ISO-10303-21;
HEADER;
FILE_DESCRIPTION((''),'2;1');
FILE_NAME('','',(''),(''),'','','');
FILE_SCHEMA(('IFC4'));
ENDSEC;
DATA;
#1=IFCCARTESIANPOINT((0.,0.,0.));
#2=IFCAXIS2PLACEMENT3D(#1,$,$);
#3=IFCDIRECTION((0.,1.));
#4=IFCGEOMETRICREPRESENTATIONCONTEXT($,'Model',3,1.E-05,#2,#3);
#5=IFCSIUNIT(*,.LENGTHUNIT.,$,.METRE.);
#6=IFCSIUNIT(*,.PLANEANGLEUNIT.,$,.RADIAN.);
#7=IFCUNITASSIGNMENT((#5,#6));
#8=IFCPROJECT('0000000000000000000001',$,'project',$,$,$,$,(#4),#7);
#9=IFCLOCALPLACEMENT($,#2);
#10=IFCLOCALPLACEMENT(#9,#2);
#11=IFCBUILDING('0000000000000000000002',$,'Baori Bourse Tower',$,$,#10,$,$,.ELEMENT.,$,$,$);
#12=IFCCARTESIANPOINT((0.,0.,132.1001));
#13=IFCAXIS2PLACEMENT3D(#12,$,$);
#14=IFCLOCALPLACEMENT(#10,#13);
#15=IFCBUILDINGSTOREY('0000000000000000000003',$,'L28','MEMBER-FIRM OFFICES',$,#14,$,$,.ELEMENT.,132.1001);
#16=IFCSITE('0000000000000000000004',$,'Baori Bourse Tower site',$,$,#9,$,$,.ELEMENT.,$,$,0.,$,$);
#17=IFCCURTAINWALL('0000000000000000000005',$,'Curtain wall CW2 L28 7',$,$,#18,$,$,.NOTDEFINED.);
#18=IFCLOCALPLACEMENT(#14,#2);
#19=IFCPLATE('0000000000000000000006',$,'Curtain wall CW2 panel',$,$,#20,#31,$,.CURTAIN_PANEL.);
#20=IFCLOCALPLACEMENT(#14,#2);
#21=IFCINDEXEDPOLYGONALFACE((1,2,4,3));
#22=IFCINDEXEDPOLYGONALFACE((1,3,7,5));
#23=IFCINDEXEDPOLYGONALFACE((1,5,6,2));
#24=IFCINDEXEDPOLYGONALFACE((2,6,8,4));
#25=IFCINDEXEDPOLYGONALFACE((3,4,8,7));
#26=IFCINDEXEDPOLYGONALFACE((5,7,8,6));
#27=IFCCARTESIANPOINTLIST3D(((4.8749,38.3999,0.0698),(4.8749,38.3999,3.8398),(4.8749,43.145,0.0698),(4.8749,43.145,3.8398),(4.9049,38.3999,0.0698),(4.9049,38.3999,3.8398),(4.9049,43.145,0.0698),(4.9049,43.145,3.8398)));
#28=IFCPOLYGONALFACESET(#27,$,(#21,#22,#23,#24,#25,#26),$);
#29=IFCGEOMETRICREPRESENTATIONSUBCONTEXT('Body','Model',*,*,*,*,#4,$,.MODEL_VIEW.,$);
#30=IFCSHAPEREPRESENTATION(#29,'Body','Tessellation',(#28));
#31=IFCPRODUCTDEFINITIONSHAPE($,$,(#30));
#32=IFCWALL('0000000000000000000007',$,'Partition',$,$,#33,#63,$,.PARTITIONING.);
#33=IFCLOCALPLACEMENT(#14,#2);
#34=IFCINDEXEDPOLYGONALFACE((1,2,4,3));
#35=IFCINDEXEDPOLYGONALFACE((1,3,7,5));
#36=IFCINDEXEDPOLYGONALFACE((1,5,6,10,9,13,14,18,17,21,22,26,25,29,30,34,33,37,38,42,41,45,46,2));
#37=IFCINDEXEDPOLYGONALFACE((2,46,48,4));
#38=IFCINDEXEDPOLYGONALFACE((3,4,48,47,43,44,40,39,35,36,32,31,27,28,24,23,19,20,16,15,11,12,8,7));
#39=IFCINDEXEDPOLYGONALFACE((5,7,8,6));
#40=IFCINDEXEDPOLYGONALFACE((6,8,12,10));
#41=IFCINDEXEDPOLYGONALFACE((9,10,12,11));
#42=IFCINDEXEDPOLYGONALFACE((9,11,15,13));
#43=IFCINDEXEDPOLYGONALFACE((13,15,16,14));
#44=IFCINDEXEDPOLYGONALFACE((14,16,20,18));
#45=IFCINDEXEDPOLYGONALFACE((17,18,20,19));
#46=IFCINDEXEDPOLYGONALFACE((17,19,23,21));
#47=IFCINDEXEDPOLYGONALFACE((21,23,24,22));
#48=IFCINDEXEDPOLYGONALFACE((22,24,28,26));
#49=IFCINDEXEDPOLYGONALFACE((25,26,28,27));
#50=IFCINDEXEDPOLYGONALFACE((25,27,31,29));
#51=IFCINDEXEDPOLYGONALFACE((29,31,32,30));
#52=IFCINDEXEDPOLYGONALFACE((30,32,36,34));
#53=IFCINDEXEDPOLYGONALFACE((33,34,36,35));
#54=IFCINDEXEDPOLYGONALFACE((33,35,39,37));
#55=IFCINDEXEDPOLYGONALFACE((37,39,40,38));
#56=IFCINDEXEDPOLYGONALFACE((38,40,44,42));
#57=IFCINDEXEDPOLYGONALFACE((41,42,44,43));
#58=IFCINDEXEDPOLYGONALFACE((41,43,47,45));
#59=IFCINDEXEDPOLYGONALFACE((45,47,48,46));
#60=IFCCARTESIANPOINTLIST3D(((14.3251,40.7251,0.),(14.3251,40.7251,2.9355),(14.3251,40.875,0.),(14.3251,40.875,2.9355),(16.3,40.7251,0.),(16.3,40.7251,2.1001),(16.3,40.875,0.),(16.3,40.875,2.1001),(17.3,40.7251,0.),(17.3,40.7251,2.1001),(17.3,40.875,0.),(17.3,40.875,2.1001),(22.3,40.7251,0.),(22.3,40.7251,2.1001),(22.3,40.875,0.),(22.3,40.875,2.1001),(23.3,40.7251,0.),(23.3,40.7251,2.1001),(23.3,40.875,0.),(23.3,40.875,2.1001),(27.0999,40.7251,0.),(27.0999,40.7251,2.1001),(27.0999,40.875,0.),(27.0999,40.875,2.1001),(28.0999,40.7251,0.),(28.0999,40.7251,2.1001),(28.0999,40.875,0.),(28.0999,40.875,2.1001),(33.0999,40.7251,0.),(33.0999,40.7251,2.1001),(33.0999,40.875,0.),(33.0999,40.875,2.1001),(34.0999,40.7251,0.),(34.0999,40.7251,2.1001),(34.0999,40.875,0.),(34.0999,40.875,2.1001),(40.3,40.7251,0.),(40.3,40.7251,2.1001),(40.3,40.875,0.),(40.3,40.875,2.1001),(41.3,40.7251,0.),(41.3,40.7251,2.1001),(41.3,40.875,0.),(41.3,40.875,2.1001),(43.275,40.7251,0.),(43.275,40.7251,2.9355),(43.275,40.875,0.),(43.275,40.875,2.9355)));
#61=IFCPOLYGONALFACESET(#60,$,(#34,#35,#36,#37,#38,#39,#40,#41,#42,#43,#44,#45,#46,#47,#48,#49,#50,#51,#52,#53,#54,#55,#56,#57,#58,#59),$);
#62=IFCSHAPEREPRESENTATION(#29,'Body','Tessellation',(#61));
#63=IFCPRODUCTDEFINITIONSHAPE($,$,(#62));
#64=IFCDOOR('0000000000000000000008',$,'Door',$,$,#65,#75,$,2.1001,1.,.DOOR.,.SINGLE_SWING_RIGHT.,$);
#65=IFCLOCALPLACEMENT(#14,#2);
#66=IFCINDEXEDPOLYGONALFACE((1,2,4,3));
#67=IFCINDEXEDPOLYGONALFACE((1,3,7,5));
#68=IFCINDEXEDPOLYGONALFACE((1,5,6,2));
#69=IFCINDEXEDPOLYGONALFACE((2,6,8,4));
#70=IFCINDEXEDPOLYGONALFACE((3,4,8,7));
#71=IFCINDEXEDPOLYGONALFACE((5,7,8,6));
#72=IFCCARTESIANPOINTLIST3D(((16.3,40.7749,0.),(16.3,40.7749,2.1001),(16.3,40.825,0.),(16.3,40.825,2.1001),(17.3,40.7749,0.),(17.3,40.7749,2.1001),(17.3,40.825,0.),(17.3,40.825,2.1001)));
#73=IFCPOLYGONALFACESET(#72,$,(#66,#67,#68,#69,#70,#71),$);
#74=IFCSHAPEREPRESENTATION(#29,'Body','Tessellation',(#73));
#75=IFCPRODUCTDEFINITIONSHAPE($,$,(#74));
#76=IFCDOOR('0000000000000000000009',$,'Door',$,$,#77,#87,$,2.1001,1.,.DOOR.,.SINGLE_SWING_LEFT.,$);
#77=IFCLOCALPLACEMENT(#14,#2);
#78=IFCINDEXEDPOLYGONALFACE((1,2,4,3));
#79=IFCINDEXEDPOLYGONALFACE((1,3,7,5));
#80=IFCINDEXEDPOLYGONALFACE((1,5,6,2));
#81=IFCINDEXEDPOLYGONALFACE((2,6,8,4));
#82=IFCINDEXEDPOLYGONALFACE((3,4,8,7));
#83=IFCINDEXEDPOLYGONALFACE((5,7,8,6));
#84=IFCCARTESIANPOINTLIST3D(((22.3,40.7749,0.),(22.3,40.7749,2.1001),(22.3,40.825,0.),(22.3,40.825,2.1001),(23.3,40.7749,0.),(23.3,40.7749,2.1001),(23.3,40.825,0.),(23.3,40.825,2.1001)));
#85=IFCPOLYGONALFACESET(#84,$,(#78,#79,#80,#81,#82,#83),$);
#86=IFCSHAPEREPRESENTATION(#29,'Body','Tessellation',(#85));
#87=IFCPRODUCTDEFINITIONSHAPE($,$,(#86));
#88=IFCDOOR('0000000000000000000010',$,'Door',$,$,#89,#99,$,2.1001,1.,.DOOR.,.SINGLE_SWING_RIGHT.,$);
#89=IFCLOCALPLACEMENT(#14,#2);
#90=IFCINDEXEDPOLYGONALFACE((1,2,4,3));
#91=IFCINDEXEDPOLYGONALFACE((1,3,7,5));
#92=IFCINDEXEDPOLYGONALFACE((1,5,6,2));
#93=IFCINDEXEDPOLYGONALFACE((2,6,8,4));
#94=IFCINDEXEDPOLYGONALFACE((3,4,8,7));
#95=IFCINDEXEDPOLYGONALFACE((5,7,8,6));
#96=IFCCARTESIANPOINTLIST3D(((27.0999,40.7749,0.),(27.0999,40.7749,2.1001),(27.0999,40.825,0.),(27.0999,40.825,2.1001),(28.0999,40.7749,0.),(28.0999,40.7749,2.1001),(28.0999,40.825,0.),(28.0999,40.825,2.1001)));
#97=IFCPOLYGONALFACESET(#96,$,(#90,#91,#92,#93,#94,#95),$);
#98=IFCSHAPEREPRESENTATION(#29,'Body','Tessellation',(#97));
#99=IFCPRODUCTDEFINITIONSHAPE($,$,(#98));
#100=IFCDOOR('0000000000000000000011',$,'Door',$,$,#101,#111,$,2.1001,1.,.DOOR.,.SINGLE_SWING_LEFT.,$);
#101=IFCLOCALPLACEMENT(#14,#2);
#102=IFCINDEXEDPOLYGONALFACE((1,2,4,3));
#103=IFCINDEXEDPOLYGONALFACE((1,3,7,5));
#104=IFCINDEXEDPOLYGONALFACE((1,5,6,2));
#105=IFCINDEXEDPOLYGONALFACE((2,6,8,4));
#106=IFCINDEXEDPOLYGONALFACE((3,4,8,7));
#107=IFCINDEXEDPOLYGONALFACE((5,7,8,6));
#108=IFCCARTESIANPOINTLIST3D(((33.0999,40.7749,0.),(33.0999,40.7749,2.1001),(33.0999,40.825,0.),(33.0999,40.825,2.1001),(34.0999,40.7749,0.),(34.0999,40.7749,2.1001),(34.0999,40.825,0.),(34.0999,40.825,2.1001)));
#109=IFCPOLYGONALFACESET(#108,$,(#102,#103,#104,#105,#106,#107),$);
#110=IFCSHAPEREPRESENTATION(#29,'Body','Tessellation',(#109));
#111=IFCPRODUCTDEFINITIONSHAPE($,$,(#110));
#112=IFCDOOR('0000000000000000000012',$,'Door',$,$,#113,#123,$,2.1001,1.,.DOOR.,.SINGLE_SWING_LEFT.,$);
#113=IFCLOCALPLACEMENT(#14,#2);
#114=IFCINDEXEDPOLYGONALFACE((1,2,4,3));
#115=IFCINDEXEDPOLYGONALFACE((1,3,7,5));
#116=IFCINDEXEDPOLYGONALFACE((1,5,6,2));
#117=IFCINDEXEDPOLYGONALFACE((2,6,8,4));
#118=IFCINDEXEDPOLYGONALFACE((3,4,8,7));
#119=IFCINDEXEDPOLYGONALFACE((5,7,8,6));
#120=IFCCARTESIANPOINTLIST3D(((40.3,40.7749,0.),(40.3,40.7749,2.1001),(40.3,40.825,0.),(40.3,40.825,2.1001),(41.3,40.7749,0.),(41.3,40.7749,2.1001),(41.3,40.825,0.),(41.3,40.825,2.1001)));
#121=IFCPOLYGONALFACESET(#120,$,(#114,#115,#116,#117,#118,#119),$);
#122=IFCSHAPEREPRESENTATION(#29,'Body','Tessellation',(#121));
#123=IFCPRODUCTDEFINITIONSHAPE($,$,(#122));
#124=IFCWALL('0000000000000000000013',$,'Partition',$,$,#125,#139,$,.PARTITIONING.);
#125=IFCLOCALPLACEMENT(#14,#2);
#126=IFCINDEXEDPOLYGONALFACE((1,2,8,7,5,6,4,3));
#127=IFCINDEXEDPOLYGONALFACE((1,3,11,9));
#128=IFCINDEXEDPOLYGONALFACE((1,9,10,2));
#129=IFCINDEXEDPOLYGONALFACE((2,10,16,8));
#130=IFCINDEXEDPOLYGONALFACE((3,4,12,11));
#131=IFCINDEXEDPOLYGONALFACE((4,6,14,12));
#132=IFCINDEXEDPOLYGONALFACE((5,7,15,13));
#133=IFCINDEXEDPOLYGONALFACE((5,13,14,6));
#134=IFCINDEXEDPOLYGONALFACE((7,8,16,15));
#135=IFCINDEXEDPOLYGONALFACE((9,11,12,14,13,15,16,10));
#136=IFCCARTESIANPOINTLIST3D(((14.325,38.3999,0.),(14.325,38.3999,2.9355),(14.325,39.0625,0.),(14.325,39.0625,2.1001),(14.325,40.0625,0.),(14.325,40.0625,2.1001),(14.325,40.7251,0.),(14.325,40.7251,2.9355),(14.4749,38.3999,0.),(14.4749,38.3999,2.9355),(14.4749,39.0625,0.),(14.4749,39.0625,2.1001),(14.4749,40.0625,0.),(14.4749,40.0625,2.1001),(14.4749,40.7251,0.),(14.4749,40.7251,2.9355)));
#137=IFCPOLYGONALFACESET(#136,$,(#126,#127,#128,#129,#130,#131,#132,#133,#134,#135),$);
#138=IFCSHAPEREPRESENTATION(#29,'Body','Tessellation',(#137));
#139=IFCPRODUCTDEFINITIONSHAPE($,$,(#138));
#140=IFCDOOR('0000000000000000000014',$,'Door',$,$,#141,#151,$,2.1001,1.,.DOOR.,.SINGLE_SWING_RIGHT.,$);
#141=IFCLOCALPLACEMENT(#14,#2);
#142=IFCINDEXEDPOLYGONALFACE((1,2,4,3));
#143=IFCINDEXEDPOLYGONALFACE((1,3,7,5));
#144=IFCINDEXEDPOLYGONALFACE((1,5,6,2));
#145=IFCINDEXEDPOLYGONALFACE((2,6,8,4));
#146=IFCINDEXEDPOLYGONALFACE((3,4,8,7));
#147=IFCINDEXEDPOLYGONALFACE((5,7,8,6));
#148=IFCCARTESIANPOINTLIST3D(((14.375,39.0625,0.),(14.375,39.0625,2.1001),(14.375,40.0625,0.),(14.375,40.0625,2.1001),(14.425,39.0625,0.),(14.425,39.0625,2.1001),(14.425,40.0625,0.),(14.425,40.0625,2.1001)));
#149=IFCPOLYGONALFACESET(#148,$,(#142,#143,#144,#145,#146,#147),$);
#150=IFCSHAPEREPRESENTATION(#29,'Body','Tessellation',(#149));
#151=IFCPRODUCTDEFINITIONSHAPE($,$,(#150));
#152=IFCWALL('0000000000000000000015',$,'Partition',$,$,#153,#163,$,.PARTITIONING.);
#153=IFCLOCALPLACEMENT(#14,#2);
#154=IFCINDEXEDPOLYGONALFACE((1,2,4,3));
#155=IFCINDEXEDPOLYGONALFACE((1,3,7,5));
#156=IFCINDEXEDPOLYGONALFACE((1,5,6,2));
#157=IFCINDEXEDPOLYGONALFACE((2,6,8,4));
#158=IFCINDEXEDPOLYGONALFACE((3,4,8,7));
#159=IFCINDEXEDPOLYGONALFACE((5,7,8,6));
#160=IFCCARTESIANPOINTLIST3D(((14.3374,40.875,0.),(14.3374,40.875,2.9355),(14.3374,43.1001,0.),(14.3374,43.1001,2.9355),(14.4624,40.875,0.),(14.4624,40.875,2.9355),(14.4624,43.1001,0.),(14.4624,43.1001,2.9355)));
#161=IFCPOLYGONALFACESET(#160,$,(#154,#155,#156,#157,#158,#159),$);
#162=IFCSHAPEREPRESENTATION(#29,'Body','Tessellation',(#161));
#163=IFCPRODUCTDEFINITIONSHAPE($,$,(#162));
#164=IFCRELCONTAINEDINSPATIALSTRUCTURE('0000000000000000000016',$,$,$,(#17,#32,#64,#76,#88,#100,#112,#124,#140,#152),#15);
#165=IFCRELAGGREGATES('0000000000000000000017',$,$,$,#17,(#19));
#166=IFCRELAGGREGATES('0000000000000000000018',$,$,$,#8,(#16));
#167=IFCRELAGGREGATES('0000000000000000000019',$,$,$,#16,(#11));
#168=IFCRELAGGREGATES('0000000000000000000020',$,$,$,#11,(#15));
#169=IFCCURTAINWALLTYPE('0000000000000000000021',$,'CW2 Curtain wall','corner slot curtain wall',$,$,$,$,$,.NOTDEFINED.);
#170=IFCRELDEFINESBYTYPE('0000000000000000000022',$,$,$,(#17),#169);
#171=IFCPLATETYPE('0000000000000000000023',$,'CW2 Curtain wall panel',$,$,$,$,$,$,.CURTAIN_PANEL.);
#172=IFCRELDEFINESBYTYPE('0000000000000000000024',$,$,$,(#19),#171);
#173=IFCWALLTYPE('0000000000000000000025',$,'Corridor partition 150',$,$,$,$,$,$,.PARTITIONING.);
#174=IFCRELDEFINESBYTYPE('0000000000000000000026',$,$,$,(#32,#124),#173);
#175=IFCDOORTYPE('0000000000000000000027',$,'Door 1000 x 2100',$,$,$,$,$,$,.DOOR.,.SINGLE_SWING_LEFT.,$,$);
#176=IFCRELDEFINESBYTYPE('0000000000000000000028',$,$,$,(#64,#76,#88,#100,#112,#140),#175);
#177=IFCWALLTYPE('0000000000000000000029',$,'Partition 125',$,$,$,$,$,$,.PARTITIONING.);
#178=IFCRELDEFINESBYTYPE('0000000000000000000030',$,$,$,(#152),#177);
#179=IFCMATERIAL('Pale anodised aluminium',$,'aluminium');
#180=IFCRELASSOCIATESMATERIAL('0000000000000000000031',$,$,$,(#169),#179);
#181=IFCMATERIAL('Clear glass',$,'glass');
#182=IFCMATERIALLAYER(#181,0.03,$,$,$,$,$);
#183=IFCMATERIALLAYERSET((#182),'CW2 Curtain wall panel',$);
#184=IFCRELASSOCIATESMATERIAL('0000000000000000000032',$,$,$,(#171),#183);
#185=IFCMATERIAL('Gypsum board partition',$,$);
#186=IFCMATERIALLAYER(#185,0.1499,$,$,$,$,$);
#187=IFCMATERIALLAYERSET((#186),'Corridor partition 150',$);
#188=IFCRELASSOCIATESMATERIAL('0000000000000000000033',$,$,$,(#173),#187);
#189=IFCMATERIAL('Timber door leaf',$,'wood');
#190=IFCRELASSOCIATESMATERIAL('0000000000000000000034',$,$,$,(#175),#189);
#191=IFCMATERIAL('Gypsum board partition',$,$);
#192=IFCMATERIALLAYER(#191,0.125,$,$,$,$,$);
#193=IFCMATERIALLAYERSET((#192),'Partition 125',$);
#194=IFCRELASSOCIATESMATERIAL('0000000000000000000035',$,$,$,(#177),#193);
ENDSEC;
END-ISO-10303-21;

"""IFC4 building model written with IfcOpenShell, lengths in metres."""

from ifc_helpers import new_model, si_unit, direction, frame, frame_2d, origin, origin_2d, place, context, subcontext, project, spatial, rectangle, extrude, material, layer, layer_set, type_object, element, fill, aggregate, save


model = new_model("IFC4")

# Units and contexts
model_context = context("Model", 3, precision=1e-05, world=origin(), true_north=direction((0.0, 1.0)))
body_context = subcontext(model_context, "Body", "Model", "MODEL_VIEW")
ifc_project = project(units=[si_unit("LENGTHUNIT", "METRE"), si_unit("PLANEANGLEUNIT", "RADIAN")], contexts=[model_context])

# Site, building, storey
site_placement = place(None, origin())
site = spatial("IfcSite", under=ifc_project, at=site_placement, Name="Baori Bourse Tower site", CompositionType="ELEMENT", RefElevation=0.0)
building_placement = place(site_placement, origin())
building = spatial("IfcBuilding", under=site, at=building_placement, Name="Baori Bourse Tower", CompositionType="ELEMENT")
storey_placement = place(building_placement, frame((0.0, 0.0, 132.1001)))
storey = spatial("IfcBuildingStorey", under=building, at=storey_placement, Name="L28", Description="MEMBER-FIRM OFFICES", CompositionType="ELEMENT", Elevation=132.1001)

# Curtain wall
ifc_material_1 = material(Name="Pale anodised aluminium", Category="aluminium")
curtain_wall_type = type_object("IfcCurtainWallType", Name="CW2 Curtain wall", Description="corner slot curtain wall", PredefinedType="NOTDEFINED", material=ifc_material_1)
curtain_wall_1_placement = place(storey_placement, origin())
curtain_wall_1 = element("IfcCurtainWall", 1, at=curtain_wall_1_placement, inside=storey, type_object=curtain_wall_type, Name="Curtain wall CW2 L28 7", PredefinedType="NOTDEFINED")

# Plate
ifc_material_2 = material(Name="Clear glass", Category="glass")
ifc_layer_1 = layer(ifc_material_2, 0.03)
ifc_layer_set_1 = layer_set([ifc_layer_1], Name="CW2 Curtain wall panel")
plate_type = type_object("IfcPlateType", Name="CW2 Curtain wall panel", PredefinedType="CURTAIN_PANEL", material=ifc_layer_set_1)
plate_1_placement = place(storey_placement, frame((4.8899, 40.7725, 0.0698), z_axis=(0.0, 0.0, 1.0), x_axis=(0.0, -1.0, 0.0)))
plate_1 = element("IfcPlate", 2, at=plate_1_placement, type_object=plate_type, Name="Curtain wall CW2 panel", PredefinedType="CURTAIN_PANEL", context=body_context, shape_type="SweptSolid", body=[
    extrude(rectangle(XDim=4.7451, YDim=0.03, at=origin_2d()), origin(), (0.0, 0.0, 1.0), 3.77),
])
aggregate(curtain_wall_1, [plate_1])

# Wall, openings, doors
ifc_material_3 = material(Name="Gypsum board partition")
ifc_layer_2 = layer(ifc_material_3, 0.1499)
ifc_layer_set_2 = layer_set([ifc_layer_2], Name="Corridor partition 150")
wall_type_1 = type_object("IfcWallType", Name="Corridor partition 150", PredefinedType="PARTITIONING", material=ifc_layer_set_2)
wall_1_placement = place(storey_placement, frame((14.325, 40.8, 0.0), z_axis=(0.0, 0.0, 1.0), x_axis=(1.0, 0.0, 0.0)))
wall_1 = element("IfcWall", 3, at=wall_1_placement, inside=storey, type_object=wall_type_1, Name="Partition", PredefinedType="PARTITIONING", context=body_context, shape_type="SweptSolid", body=[
    extrude(rectangle(XDim=28.95, YDim=0.1499, at=frame_2d((14.4751, 0.0))), origin(), (0.0, 0.0, 1.0), 2.9355),
])
opening_1_placement = place(wall_1_placement, frame((1.9751, 0.0, 0.0)))
opening_1 = element("IfcOpeningElement", 4, at=opening_1_placement, cuts=wall_1, PredefinedType="OPENING", context=body_context, shape_type="SweptSolid", body=[
    extrude(rectangle(XDim=1.0, YDim=2.1001, at=frame_2d((0.5, 1.05))), frame((0.0, 0.085, 0.0), z_axis=(0.0, -1.0, 0.0), x_axis=(1.0, 0.0, 0.0)), (0.0, 0.0, 1.0), 0.1699),
])
opening_2_placement = place(wall_1_placement, frame((7.9751, 0.0, 0.0)))
opening_2 = element("IfcOpeningElement", 5, at=opening_2_placement, cuts=wall_1, PredefinedType="OPENING", context=body_context, shape_type="SweptSolid", body=[
    extrude(rectangle(XDim=1.0, YDim=2.1001, at=frame_2d((0.5, 1.05))), frame((0.0, 0.085, 0.0), z_axis=(0.0, -1.0, 0.0), x_axis=(1.0, 0.0, 0.0)), (0.0, 0.0, 1.0), 0.1699),
])
opening_3_placement = place(wall_1_placement, frame((12.7749, 0.0, 0.0)))
opening_3 = element("IfcOpeningElement", 6, at=opening_3_placement, cuts=wall_1, PredefinedType="OPENING", context=body_context, shape_type="SweptSolid", body=[
    extrude(rectangle(XDim=1.0, YDim=2.1001, at=frame_2d((0.5, 1.05))), frame((0.0, 0.085, 0.0), z_axis=(0.0, -1.0, 0.0), x_axis=(1.0, 0.0, 0.0)), (0.0, 0.0, 1.0), 0.1699),
])
opening_4_placement = place(wall_1_placement, frame((18.7749, 0.0, 0.0)))
opening_4 = element("IfcOpeningElement", 7, at=opening_4_placement, cuts=wall_1, PredefinedType="OPENING", context=body_context, shape_type="SweptSolid", body=[
    extrude(rectangle(XDim=1.0, YDim=2.1001, at=frame_2d((0.5, 1.05))), frame((0.0, 0.085, 0.0), z_axis=(0.0, -1.0, 0.0), x_axis=(1.0, 0.0, 0.0)), (0.0, 0.0, 1.0), 0.1699),
])
opening_5_placement = place(wall_1_placement, frame((25.9751, 0.0, 0.0)))
opening_5 = element("IfcOpeningElement", 8, at=opening_5_placement, cuts=wall_1, PredefinedType="OPENING", context=body_context, shape_type="SweptSolid", body=[
    extrude(rectangle(XDim=1.0, YDim=2.1001, at=frame_2d((0.5, 1.05))), frame((0.0, 0.085, 0.0), z_axis=(0.0, -1.0, 0.0), x_axis=(1.0, 0.0, 0.0)), (0.0, 0.0, 1.0), 0.1699),
])
ifc_material_4 = material(Name="Timber door leaf", Category="wood")
door_type = type_object("IfcDoorType", Name="Door 1000 x 2100", OperationType="SINGLE_SWING_LEFT", PredefinedType="DOOR", material=ifc_material_4)
door_1_placement = place(opening_1_placement, origin())
door_1 = element("IfcDoor", 9, at=door_1_placement, inside=storey, type_object=door_type, Name="Door", OperationType="SINGLE_SWING_RIGHT", OverallHeight=2.1001, OverallWidth=1.0, PredefinedType="DOOR", context=body_context, shape_type="SweptSolid", body=[
    extrude(rectangle(XDim=1.0, YDim=2.1001, at=frame_2d((0.5, 1.05))), frame((0.0, 0.0249, 0.0), z_axis=(0.0, -1.0, 0.0), x_axis=(1.0, 0.0, 0.0)), (0.0, 0.0, 1.0), 0.05),
])
fill(opening_1, door_1)
door_2_placement = place(opening_2_placement, origin())
door_2 = element("IfcDoor", 10, at=door_2_placement, inside=storey, type_object=door_type, Name="Door", OperationType="SINGLE_SWING_LEFT", OverallHeight=2.1001, OverallWidth=1.0, PredefinedType="DOOR", context=body_context, shape_type="SweptSolid", body=[
    extrude(rectangle(XDim=1.0, YDim=2.1001, at=frame_2d((0.5, 1.05))), frame((0.0, 0.0249, 0.0), z_axis=(0.0, -1.0, 0.0), x_axis=(1.0, 0.0, 0.0)), (0.0, 0.0, 1.0), 0.05),
])
fill(opening_2, door_2)
door_3_placement = place(opening_3_placement, origin())
door_3 = element("IfcDoor", 11, at=door_3_placement, inside=storey, type_object=door_type, Name="Door", OperationType="SINGLE_SWING_RIGHT", OverallHeight=2.1001, OverallWidth=1.0, PredefinedType="DOOR", context=body_context, shape_type="SweptSolid", body=[
    extrude(rectangle(XDim=1.0, YDim=2.1001, at=frame_2d((0.5, 1.05))), frame((0.0, 0.0249, 0.0), z_axis=(0.0, -1.0, 0.0), x_axis=(1.0, 0.0, 0.0)), (0.0, 0.0, 1.0), 0.05),
])
fill(opening_3, door_3)
door_4_placement = place(opening_4_placement, origin())
door_4 = element("IfcDoor", 12, at=door_4_placement, inside=storey, type_object=door_type, Name="Door", OperationType="SINGLE_SWING_LEFT", OverallHeight=2.1001, OverallWidth=1.0, PredefinedType="DOOR", context=body_context, shape_type="SweptSolid", body=[
    extrude(rectangle(XDim=1.0, YDim=2.1001, at=frame_2d((0.5, 1.05))), frame((0.0, 0.0249, 0.0), z_axis=(0.0, -1.0, 0.0), x_axis=(1.0, 0.0, 0.0)), (0.0, 0.0, 1.0), 0.05),
])
fill(opening_4, door_4)
door_5_placement = place(opening_5_placement, origin())
door_5 = element("IfcDoor", 13, at=door_5_placement, inside=storey, type_object=door_type, Name="Door", OperationType="SINGLE_SWING_LEFT", OverallHeight=2.1001, OverallWidth=1.0, PredefinedType="DOOR", context=body_context, shape_type="SweptSolid", body=[
    extrude(rectangle(XDim=1.0, YDim=2.1001, at=frame_2d((0.5, 1.05))), frame((0.0, 0.0249, 0.0), z_axis=(0.0, -1.0, 0.0), x_axis=(1.0, 0.0, 0.0)), (0.0, 0.0, 1.0), 0.05),
])
fill(opening_5, door_5)

# Wall, opening, door
wall_2_placement = place(storey_placement, frame((14.3999, 38.3999, 0.0), z_axis=(0.0, 0.0, 1.0), x_axis=(0.0, 1.0, 0.0)))
wall_2 = element("IfcWall", 14, at=wall_2_placement, inside=storey, type_object=wall_type_1, Name="Partition", PredefinedType="PARTITIONING", context=body_context, shape_type="SweptSolid", body=[
    extrude(rectangle(XDim=2.3252, YDim=0.1499, at=frame_2d((1.1626, 0.0))), origin(), (0.0, 0.0, 1.0), 2.9355),
])
opening_6_placement = place(wall_2_placement, frame((0.6626, 0.0, 0.0)))
opening_6 = element("IfcOpeningElement", 15, at=opening_6_placement, cuts=wall_2, PredefinedType="OPENING", context=body_context, shape_type="SweptSolid", body=[
    extrude(rectangle(XDim=1.0, YDim=2.1001, at=frame_2d((0.5, 1.05))), frame((0.0, 0.085, 0.0), z_axis=(0.0, -1.0, 0.0), x_axis=(1.0, 0.0, 0.0)), (0.0, 0.0, 1.0), 0.1699),
])
door_6_placement = place(opening_6_placement, origin())
door_6 = element("IfcDoor", 16, at=door_6_placement, inside=storey, type_object=door_type, Name="Door", OperationType="SINGLE_SWING_RIGHT", OverallHeight=2.1001, OverallWidth=1.0, PredefinedType="DOOR", context=body_context, shape_type="SweptSolid", body=[
    extrude(rectangle(XDim=1.0, YDim=2.1001, at=frame_2d((0.5, 1.05))), frame((0.0, 0.0249, 0.0), z_axis=(0.0, -1.0, 0.0), x_axis=(1.0, 0.0, 0.0)), (0.0, 0.0, 1.0), 0.05),
])
fill(opening_6, door_6)

# Wall
ifc_material_5 = material(Name="Gypsum board partition")
ifc_layer_3 = layer(ifc_material_5, 0.125)
ifc_layer_set_3 = layer_set([ifc_layer_3], Name="Partition 125")
wall_type_2 = type_object("IfcWallType", Name="Partition 125", PredefinedType="PARTITIONING", material=ifc_layer_set_3)
wall_3_placement = place(storey_placement, frame((14.3999, 40.875, 0.0), z_axis=(0.0, 0.0, 1.0), x_axis=(0.0, 1.0, 0.0)))
element("IfcWall", 17, at=wall_3_placement, inside=storey, type_object=wall_type_2, Name="Partition", PredefinedType="PARTITIONING", context=body_context, shape_type="SweptSolid", body=[
    extrude(rectangle(XDim=2.2251, YDim=0.125, at=frame_2d((1.1125, 0.0))), origin(), (0.0, 0.0, 1.0), 2.9355),
])

save(model, "model.ifc")
